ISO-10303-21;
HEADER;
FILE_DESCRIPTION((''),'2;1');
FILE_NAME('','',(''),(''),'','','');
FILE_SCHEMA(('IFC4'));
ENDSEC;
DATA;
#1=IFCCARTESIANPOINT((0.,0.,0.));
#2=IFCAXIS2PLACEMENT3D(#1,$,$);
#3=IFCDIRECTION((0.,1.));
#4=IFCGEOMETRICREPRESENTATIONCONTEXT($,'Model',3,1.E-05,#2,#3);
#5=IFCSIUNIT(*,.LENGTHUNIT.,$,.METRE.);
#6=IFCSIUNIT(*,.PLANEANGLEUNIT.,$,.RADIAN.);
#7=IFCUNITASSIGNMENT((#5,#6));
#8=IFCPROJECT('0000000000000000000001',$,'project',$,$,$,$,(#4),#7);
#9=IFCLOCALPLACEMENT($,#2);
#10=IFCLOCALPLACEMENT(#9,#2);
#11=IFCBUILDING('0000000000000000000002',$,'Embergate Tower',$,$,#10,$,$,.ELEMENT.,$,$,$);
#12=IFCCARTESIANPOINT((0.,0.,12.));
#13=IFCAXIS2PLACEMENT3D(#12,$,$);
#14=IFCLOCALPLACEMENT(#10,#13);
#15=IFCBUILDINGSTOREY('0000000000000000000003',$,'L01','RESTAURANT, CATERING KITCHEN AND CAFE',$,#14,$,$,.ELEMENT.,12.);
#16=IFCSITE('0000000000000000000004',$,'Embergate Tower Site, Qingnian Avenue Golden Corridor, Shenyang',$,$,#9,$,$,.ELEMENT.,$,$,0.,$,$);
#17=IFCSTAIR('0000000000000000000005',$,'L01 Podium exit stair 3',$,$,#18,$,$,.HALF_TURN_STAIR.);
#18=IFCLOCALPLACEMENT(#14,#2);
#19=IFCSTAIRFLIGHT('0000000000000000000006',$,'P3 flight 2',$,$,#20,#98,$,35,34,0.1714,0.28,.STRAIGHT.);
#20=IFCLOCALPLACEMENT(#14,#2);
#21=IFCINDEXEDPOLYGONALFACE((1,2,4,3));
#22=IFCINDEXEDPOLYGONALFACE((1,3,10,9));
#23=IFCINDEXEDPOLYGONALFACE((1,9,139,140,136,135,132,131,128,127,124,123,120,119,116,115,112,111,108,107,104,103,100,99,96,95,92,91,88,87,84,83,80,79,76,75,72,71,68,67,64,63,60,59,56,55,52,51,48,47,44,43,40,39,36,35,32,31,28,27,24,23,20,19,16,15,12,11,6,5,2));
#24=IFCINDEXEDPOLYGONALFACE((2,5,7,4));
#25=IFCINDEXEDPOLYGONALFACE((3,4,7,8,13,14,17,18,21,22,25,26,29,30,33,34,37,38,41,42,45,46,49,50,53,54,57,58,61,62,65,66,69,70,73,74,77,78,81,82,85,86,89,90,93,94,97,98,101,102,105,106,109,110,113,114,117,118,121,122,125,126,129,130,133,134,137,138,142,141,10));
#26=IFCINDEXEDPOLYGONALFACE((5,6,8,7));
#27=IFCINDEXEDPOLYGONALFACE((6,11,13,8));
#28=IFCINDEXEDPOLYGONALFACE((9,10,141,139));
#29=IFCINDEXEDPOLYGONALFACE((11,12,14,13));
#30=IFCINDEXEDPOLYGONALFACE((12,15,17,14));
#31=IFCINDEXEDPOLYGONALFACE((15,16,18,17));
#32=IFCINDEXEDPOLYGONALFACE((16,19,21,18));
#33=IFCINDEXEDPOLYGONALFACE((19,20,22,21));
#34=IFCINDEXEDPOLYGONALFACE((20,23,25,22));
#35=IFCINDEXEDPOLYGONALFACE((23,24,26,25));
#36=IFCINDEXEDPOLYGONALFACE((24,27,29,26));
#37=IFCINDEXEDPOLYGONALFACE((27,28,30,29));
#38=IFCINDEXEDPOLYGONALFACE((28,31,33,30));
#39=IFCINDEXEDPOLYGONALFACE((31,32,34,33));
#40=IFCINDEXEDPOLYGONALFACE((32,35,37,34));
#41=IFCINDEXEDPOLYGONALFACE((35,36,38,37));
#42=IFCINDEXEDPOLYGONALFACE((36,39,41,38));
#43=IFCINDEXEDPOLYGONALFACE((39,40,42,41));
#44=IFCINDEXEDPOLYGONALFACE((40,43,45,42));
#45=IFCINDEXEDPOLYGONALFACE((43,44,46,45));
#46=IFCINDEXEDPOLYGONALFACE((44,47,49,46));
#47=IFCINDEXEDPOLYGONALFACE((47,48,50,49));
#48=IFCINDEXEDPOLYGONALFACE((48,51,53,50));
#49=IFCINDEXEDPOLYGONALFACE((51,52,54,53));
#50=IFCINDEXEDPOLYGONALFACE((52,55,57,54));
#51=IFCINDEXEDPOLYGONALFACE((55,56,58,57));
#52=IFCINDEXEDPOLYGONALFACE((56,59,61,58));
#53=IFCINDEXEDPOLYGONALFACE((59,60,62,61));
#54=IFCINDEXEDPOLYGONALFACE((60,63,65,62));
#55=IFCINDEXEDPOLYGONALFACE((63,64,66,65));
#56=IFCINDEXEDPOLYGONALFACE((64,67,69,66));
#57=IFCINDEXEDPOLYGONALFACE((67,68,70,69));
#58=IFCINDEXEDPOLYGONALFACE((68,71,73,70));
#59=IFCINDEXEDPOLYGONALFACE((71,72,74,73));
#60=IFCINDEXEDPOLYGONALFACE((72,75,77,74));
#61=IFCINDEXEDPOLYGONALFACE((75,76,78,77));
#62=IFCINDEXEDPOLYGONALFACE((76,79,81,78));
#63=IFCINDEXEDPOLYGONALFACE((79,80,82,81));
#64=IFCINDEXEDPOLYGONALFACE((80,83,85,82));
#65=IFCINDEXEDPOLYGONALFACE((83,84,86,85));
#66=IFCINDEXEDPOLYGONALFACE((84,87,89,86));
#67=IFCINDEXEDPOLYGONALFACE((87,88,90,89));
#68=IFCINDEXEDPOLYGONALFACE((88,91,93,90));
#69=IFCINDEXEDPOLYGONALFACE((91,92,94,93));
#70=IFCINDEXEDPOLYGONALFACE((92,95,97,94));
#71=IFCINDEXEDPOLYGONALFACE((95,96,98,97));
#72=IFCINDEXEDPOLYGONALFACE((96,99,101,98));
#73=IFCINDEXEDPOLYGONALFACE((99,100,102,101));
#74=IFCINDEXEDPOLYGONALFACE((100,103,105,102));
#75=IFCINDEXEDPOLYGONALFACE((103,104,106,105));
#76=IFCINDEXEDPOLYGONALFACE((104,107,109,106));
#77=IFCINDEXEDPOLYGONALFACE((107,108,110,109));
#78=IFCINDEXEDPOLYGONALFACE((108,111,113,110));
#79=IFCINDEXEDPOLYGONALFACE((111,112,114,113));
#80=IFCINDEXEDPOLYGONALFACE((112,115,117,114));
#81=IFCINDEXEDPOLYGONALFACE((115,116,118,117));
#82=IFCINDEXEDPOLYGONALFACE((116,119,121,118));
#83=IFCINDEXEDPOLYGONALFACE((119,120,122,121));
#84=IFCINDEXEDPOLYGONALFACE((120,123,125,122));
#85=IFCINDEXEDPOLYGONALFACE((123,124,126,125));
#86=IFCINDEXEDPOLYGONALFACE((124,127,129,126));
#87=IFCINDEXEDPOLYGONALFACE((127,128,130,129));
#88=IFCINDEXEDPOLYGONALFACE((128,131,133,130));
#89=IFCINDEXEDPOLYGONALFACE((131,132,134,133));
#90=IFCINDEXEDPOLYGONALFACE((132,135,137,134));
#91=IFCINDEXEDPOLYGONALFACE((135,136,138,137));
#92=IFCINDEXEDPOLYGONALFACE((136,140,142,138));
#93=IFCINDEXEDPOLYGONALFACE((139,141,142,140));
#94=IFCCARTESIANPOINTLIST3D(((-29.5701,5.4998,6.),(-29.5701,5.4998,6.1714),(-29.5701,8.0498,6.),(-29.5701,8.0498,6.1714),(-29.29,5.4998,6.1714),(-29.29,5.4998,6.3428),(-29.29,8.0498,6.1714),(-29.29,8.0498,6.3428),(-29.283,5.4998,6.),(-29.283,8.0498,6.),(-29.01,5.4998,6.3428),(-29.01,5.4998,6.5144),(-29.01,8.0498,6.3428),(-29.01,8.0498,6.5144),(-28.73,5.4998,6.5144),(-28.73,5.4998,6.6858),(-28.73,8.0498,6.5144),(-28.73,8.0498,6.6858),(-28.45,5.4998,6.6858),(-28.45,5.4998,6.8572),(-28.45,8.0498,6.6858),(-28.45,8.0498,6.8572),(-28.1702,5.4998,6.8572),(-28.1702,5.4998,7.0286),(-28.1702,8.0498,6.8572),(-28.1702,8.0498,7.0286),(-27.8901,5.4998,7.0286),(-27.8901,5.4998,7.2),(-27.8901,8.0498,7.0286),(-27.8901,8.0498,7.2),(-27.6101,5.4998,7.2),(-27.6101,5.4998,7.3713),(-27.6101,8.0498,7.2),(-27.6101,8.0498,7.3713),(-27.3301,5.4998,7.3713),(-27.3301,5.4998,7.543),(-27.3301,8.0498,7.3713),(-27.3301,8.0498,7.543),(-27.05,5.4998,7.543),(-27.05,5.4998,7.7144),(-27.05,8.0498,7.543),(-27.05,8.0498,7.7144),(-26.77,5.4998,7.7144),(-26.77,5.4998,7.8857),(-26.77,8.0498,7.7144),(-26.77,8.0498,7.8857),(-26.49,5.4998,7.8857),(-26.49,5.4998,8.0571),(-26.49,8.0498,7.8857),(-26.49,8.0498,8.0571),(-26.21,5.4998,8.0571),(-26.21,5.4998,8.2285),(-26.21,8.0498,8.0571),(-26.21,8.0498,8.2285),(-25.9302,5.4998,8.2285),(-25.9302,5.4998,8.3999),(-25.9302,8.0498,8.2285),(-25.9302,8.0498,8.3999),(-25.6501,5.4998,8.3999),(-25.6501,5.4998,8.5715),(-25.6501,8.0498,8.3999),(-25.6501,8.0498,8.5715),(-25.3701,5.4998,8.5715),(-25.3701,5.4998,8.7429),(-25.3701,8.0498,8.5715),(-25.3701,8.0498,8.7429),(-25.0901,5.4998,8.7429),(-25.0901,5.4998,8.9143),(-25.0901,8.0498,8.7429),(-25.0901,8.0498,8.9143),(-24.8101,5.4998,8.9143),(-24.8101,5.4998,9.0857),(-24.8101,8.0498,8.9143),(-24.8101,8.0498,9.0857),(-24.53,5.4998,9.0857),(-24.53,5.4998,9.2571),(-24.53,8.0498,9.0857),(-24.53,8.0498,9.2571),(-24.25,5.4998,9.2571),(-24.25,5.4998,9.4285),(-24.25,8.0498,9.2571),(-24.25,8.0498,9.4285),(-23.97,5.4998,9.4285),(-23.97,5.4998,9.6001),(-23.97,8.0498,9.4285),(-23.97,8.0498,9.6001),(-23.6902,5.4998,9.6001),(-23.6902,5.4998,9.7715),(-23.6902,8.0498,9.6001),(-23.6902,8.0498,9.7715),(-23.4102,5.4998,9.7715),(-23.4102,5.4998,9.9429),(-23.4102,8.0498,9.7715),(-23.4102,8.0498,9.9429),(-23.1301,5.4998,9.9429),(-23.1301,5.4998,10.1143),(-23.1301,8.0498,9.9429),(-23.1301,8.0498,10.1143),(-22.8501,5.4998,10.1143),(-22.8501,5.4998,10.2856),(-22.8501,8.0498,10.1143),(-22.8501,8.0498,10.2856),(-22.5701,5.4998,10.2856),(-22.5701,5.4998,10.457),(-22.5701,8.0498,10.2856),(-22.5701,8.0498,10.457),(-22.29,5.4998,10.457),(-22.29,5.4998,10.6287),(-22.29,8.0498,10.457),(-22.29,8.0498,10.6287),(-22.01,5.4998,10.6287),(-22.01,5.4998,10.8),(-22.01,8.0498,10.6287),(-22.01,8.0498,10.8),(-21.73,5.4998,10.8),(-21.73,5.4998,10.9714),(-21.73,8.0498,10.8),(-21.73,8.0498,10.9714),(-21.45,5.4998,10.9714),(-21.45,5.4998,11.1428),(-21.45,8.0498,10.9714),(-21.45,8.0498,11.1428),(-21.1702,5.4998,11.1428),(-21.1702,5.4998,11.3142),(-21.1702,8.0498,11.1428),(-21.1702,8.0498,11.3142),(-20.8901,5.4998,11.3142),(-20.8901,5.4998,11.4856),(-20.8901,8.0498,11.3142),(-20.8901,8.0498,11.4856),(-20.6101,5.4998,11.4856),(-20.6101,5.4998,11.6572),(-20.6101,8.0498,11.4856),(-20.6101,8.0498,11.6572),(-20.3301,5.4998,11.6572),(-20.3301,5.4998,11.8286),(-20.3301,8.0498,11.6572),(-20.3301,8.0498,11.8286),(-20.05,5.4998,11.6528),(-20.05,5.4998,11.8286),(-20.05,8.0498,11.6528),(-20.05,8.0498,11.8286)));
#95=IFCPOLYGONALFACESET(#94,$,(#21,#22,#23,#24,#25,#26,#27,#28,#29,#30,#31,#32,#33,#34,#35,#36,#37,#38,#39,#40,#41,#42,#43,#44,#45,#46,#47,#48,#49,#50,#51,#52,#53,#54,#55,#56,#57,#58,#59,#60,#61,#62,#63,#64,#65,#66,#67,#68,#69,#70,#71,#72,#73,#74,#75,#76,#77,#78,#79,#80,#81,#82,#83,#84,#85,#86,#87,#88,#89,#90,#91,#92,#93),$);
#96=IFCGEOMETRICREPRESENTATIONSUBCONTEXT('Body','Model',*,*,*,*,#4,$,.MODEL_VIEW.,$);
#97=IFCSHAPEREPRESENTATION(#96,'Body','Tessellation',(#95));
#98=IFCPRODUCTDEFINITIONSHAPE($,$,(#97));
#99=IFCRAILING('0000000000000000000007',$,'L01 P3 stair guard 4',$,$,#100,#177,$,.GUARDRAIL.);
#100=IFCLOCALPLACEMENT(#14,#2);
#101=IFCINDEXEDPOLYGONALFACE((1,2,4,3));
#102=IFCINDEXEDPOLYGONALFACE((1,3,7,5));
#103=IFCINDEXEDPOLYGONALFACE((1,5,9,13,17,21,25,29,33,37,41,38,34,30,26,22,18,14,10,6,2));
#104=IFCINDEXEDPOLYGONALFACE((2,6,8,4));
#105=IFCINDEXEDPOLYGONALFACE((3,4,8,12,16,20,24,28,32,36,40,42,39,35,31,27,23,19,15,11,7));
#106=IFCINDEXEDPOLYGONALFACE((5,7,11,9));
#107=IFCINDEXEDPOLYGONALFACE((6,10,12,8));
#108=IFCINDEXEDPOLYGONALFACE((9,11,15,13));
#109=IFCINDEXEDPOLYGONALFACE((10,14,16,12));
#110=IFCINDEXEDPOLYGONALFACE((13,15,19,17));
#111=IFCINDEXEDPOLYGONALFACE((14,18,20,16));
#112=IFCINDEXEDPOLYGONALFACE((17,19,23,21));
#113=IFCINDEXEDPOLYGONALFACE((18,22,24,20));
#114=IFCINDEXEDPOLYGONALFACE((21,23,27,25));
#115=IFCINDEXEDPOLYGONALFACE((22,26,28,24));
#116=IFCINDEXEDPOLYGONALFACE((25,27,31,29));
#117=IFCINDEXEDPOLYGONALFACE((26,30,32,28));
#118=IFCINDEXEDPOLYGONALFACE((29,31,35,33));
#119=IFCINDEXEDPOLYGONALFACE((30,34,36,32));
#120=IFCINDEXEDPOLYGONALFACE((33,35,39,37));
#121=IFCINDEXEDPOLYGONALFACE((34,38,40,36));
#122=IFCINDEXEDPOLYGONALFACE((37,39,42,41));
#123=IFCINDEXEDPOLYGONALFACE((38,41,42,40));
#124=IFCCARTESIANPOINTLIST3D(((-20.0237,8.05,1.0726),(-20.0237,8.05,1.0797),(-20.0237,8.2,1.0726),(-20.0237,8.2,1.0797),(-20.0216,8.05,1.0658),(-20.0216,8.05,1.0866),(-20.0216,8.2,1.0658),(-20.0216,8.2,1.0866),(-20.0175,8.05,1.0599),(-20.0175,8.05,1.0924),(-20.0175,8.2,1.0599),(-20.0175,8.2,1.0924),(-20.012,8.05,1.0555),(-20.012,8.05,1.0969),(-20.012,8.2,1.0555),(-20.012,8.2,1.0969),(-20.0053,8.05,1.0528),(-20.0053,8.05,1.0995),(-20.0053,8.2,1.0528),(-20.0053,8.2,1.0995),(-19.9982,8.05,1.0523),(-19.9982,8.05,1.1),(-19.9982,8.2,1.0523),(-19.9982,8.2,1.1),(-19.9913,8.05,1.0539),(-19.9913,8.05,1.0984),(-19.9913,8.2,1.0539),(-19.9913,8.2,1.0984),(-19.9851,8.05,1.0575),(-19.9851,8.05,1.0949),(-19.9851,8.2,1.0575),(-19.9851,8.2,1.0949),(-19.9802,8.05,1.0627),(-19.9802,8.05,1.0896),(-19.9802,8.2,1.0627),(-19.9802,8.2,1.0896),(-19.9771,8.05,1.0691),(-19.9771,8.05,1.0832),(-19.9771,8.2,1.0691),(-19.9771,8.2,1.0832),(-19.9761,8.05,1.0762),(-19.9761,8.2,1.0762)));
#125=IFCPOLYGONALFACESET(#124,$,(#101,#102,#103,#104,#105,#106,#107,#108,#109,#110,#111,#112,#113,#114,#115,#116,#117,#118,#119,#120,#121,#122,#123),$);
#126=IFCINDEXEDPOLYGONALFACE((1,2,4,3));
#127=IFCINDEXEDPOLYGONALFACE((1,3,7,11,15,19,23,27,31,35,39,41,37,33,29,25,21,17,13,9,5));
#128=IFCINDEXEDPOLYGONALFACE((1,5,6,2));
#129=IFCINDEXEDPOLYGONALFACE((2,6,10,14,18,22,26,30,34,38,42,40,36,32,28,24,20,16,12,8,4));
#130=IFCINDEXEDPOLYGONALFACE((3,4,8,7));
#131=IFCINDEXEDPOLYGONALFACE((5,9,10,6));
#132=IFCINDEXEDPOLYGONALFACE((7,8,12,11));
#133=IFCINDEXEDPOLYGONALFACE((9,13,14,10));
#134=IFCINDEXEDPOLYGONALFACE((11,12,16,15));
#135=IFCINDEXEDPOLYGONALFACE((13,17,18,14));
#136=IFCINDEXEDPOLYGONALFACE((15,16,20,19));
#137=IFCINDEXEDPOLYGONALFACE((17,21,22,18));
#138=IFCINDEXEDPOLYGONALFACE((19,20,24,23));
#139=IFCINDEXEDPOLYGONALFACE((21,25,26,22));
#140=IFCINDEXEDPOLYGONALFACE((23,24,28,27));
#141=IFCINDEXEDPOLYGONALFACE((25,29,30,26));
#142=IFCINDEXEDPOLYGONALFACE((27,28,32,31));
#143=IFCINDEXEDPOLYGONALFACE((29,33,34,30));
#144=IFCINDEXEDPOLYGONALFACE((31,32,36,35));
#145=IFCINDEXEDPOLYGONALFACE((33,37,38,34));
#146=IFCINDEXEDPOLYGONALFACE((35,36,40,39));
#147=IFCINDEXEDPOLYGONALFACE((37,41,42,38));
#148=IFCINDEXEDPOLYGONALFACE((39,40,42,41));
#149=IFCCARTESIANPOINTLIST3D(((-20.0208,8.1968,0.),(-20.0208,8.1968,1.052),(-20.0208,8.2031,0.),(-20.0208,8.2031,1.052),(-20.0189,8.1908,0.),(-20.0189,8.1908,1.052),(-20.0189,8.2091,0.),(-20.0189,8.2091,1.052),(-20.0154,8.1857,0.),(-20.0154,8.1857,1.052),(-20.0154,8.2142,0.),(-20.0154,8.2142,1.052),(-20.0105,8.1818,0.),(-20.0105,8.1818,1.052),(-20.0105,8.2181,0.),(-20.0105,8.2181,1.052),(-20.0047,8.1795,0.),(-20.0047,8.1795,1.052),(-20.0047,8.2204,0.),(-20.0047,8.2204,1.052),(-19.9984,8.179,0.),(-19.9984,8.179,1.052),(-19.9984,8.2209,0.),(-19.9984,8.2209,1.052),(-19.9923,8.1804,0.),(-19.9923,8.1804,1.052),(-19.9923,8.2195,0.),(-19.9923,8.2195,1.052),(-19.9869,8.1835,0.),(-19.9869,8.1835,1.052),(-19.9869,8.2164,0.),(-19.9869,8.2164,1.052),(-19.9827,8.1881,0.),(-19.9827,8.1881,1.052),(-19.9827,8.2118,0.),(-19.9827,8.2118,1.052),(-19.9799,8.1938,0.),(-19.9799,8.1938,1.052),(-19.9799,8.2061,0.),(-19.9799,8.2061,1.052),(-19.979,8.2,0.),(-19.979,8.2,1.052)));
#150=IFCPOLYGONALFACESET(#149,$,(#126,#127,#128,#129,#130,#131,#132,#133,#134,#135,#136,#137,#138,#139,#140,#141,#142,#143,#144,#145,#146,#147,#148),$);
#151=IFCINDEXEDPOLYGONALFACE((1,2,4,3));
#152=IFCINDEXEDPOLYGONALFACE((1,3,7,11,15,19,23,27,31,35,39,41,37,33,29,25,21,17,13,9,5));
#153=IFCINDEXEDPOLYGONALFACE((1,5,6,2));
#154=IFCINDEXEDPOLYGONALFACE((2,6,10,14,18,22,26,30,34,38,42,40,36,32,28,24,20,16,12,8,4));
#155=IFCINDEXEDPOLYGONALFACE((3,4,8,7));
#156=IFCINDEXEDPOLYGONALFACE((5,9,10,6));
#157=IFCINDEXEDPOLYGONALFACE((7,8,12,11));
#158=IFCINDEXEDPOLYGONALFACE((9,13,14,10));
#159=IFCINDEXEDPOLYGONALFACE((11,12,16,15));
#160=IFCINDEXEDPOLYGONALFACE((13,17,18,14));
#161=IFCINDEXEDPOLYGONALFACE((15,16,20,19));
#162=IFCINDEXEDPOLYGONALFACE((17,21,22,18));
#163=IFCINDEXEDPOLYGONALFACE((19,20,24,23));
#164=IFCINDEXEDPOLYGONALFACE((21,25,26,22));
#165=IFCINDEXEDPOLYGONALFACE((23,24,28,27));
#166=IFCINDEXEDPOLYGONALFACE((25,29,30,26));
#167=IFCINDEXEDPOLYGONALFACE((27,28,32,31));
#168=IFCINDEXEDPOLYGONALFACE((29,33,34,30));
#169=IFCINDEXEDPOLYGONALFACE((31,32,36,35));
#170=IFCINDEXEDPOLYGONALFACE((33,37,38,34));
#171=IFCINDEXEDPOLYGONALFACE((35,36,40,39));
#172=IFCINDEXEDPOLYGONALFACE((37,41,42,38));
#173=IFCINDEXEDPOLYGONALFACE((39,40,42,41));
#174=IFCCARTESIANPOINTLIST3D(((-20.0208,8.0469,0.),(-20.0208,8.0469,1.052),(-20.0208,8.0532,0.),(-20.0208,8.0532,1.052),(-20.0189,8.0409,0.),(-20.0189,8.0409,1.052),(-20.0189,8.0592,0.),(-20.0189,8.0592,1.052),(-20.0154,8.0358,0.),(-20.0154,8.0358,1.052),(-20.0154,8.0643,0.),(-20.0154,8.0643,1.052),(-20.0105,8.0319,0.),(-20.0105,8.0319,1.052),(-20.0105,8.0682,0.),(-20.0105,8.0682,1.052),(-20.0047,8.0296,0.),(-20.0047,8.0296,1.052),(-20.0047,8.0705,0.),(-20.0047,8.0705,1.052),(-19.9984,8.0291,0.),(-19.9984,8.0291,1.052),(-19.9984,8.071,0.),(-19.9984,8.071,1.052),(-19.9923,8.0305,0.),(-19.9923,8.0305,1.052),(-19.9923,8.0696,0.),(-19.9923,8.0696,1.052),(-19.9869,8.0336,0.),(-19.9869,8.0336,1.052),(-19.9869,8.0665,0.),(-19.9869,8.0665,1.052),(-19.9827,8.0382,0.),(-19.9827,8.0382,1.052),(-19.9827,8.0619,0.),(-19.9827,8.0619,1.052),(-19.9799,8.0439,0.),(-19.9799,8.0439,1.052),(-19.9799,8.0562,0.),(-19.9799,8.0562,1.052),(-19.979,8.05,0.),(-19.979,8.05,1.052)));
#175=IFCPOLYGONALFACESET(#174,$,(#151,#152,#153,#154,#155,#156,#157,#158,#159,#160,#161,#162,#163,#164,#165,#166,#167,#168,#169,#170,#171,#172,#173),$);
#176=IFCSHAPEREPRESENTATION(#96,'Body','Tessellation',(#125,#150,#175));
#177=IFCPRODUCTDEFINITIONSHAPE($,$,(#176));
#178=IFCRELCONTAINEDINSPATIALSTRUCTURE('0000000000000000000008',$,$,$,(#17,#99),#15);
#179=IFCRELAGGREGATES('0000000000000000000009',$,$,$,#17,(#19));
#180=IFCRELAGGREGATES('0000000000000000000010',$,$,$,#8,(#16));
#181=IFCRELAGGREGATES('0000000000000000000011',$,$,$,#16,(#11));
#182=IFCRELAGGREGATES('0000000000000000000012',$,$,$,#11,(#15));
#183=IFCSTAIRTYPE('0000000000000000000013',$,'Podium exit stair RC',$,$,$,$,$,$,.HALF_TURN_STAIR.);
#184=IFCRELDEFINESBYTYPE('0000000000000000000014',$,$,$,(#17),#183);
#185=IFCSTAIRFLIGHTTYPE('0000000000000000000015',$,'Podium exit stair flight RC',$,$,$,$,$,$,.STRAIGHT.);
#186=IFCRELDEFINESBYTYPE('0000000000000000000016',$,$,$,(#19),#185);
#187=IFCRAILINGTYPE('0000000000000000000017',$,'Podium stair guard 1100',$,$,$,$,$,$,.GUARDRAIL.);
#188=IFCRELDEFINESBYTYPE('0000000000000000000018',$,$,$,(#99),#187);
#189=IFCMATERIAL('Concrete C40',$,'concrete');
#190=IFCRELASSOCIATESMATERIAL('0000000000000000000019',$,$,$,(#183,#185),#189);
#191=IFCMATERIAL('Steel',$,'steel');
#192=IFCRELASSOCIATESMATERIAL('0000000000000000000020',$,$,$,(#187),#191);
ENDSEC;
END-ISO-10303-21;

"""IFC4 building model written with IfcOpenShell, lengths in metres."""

from ifc_helpers import new_model, si_unit, direction, frame, origin, origin_2d, place, context, subcontext, project, spatial, polyline, circle, outline, extrude, source, transform, mapped, material, type_object, element, aggregate, save


model = new_model("IFC4")

# Units and contexts
model_context = context("Model", 3, precision=1e-05, world=origin(), true_north=direction((0.0, 1.0)))
body_context = subcontext(model_context, "Body", "Model", "MODEL_VIEW")
ifc_project = project(units=[si_unit("LENGTHUNIT", "METRE"), si_unit("PLANEANGLEUNIT", "RADIAN")], contexts=[model_context])

# Site, building, storey
site_placement = place(None, origin())
site = spatial("IfcSite", under=ifc_project, at=site_placement, Name="Embergate Tower Site, Qingnian Avenue Golden Corridor, Shenyang", CompositionType="ELEMENT", RefElevation=0.0)
building_placement = place(site_placement, origin())
building = spatial("IfcBuilding", under=site, at=building_placement, Name="Embergate Tower", CompositionType="ELEMENT")
storey_placement = place(building_placement, frame((0.0, 0.0, 12.0)))
storey = spatial("IfcBuildingStorey", under=building, at=storey_placement, Name="L01", Description="RESTAURANT, CATERING KITCHEN AND CAFE", CompositionType="ELEMENT", Elevation=12.0)

# Shared definitions
ifc_material_1 = material(Name="Concrete C40", Category="concrete")

# Stair, stair flight
stair_type = type_object("IfcStairType", Name="Podium exit stair RC", PredefinedType="HALF_TURN_STAIR", material=ifc_material_1)
stair_placement = place(storey_placement, origin())
stair = element("IfcStair", 1, at=stair_placement, inside=storey, type_object=stair_type, Name="L01 Podium exit stair 3", PredefinedType="HALF_TURN_STAIR")
stair_flight_type = type_object("IfcStairFlightType", Name="Podium exit stair flight RC", PredefinedType="STRAIGHT", material=ifc_material_1)
shared_shape_1 = source(origin(), body_context, "Body", "SweptSolid", [
    extrude(outline(polyline([(0.0, 0.0), (0.0, 0.1714), (0.28, 0.1714), (0.28, 0.3428), (0.5601, 0.3428), (0.5601, 0.5144), (0.8401, 0.5144), (0.8401, 0.6858), (1.1201, 0.6858), (1.1201, 0.8572), (1.3999, 0.8572), (1.3999, 1.0286), (1.6799, 1.0286), (1.6799, 1.2), (1.96, 1.2), (1.96, 1.3713), (2.24, 1.3713), (2.24, 1.543), (2.52, 1.543), (2.52, 1.7144), (2.8, 1.7144), (2.8, 1.8857), (3.0801, 1.8857), (3.0801, 2.0571), (3.3601, 2.0571), (3.3601, 2.2285), (3.6399, 2.2285), (3.6399, 2.3999), (3.9199, 2.3999), (3.9199, 2.5715), (4.2, 2.5715), (4.2, 2.7429), (4.48, 2.7429), (4.48, 2.9143), (4.76, 2.9143), (4.76, 3.0857), (5.04, 3.0857), (5.04, 3.2571), (5.3201, 3.2571), (5.3201, 3.4285), (5.6001, 3.4285), (5.6001, 3.6001), (5.8799, 3.6001), (5.8799, 3.7715), (6.1599, 3.7715), (6.1599, 3.9429), (6.4399, 3.9429), (6.4399, 4.1143), (6.72, 4.1143), (6.72, 4.2856), (7.0, 4.2856), (7.0, 4.457), (7.28, 4.457), (7.28, 4.6287), (7.5601, 4.6287), (7.5601, 4.8), (7.8401, 4.8), (7.8401, 4.9714), (8.1201, 4.9714), (8.1201, 5.1428), (8.3999, 5.1428), (8.3999, 5.3142), (8.6799, 5.3142), (8.6799, 5.4856), (8.96, 5.4856), (8.96, 5.6572), (9.24, 5.6572), (9.24, 5.8286), (9.52, 5.8286), (9.52, 6.0), (9.52, 5.6528), (0.2871, 0.0), (0.0, 0.0)])), frame((0.0, 1.2749, 0.0), z_axis=(0.0, -1.0, 0.0), x_axis=(1.0, 0.0, 0.0)), (0.0, 0.0, 1.0), 2.55),
])
stair_flight_1_placement = place(storey_placement, frame((-29.5701, 6.7749, 6.0), z_axis=(0.0, 0.0, 1.0), x_axis=(1.0, 0.0, 0.0)))
stair_flight_1 = element("IfcStairFlight", 2, at=stair_flight_1_placement, type_object=stair_flight_type, Name="P3 flight 2", NumberOfRisers=35, NumberOfTreads=34, PredefinedType="STRAIGHT", RiserHeight=0.1714, TreadLength=0.28, context=body_context, shape_type="MappedRepresentation", body=[
    mapped(shared_shape_1, transform((0.0, 0.0, 0.0))),
])
aggregate(stair, [stair_flight_1])

# Railing
ifc_material_2 = material(Name="Steel", Category="steel")
railing_type_1 = type_object("IfcRailingType", Name="Podium stair guard 1100", PredefinedType="GUARDRAIL", material=ifc_material_2)
shared_shape_2 = source(origin(), body_context, "Body", "SweptSolid", [
    extrude(circle(Radius=0.0239, at=origin_2d()), frame((0.0, 0.0, 1.0762), z_axis=(0.0, -1.0, 0.0), x_axis=(1.0, 0.0, 0.0)), (0.0, 0.0, 1.0), 0.1499),
    extrude(circle(Radius=0.021, at=origin_2d()), origin(), (0.0, 0.0, 1.0), 1.052),
    extrude(circle(Radius=0.021, at=origin_2d()), frame((0.0, -0.1499, 0.0)), (0.0, 0.0, 1.0), 1.052),
])
railing_1_placement = place(storey_placement, frame((-20.0, 8.2, 0.0)))
element("IfcRailing", 3, at=railing_1_placement, inside=storey, type_object=railing_type_1, Name="L01 P3 stair guard 4", PredefinedType="GUARDRAIL", context=body_context, shape_type="MappedRepresentation", body=[
    mapped(shared_shape_2, transform((0.0, 0.0, 0.0))),
])

save(model, "model.ifc")
